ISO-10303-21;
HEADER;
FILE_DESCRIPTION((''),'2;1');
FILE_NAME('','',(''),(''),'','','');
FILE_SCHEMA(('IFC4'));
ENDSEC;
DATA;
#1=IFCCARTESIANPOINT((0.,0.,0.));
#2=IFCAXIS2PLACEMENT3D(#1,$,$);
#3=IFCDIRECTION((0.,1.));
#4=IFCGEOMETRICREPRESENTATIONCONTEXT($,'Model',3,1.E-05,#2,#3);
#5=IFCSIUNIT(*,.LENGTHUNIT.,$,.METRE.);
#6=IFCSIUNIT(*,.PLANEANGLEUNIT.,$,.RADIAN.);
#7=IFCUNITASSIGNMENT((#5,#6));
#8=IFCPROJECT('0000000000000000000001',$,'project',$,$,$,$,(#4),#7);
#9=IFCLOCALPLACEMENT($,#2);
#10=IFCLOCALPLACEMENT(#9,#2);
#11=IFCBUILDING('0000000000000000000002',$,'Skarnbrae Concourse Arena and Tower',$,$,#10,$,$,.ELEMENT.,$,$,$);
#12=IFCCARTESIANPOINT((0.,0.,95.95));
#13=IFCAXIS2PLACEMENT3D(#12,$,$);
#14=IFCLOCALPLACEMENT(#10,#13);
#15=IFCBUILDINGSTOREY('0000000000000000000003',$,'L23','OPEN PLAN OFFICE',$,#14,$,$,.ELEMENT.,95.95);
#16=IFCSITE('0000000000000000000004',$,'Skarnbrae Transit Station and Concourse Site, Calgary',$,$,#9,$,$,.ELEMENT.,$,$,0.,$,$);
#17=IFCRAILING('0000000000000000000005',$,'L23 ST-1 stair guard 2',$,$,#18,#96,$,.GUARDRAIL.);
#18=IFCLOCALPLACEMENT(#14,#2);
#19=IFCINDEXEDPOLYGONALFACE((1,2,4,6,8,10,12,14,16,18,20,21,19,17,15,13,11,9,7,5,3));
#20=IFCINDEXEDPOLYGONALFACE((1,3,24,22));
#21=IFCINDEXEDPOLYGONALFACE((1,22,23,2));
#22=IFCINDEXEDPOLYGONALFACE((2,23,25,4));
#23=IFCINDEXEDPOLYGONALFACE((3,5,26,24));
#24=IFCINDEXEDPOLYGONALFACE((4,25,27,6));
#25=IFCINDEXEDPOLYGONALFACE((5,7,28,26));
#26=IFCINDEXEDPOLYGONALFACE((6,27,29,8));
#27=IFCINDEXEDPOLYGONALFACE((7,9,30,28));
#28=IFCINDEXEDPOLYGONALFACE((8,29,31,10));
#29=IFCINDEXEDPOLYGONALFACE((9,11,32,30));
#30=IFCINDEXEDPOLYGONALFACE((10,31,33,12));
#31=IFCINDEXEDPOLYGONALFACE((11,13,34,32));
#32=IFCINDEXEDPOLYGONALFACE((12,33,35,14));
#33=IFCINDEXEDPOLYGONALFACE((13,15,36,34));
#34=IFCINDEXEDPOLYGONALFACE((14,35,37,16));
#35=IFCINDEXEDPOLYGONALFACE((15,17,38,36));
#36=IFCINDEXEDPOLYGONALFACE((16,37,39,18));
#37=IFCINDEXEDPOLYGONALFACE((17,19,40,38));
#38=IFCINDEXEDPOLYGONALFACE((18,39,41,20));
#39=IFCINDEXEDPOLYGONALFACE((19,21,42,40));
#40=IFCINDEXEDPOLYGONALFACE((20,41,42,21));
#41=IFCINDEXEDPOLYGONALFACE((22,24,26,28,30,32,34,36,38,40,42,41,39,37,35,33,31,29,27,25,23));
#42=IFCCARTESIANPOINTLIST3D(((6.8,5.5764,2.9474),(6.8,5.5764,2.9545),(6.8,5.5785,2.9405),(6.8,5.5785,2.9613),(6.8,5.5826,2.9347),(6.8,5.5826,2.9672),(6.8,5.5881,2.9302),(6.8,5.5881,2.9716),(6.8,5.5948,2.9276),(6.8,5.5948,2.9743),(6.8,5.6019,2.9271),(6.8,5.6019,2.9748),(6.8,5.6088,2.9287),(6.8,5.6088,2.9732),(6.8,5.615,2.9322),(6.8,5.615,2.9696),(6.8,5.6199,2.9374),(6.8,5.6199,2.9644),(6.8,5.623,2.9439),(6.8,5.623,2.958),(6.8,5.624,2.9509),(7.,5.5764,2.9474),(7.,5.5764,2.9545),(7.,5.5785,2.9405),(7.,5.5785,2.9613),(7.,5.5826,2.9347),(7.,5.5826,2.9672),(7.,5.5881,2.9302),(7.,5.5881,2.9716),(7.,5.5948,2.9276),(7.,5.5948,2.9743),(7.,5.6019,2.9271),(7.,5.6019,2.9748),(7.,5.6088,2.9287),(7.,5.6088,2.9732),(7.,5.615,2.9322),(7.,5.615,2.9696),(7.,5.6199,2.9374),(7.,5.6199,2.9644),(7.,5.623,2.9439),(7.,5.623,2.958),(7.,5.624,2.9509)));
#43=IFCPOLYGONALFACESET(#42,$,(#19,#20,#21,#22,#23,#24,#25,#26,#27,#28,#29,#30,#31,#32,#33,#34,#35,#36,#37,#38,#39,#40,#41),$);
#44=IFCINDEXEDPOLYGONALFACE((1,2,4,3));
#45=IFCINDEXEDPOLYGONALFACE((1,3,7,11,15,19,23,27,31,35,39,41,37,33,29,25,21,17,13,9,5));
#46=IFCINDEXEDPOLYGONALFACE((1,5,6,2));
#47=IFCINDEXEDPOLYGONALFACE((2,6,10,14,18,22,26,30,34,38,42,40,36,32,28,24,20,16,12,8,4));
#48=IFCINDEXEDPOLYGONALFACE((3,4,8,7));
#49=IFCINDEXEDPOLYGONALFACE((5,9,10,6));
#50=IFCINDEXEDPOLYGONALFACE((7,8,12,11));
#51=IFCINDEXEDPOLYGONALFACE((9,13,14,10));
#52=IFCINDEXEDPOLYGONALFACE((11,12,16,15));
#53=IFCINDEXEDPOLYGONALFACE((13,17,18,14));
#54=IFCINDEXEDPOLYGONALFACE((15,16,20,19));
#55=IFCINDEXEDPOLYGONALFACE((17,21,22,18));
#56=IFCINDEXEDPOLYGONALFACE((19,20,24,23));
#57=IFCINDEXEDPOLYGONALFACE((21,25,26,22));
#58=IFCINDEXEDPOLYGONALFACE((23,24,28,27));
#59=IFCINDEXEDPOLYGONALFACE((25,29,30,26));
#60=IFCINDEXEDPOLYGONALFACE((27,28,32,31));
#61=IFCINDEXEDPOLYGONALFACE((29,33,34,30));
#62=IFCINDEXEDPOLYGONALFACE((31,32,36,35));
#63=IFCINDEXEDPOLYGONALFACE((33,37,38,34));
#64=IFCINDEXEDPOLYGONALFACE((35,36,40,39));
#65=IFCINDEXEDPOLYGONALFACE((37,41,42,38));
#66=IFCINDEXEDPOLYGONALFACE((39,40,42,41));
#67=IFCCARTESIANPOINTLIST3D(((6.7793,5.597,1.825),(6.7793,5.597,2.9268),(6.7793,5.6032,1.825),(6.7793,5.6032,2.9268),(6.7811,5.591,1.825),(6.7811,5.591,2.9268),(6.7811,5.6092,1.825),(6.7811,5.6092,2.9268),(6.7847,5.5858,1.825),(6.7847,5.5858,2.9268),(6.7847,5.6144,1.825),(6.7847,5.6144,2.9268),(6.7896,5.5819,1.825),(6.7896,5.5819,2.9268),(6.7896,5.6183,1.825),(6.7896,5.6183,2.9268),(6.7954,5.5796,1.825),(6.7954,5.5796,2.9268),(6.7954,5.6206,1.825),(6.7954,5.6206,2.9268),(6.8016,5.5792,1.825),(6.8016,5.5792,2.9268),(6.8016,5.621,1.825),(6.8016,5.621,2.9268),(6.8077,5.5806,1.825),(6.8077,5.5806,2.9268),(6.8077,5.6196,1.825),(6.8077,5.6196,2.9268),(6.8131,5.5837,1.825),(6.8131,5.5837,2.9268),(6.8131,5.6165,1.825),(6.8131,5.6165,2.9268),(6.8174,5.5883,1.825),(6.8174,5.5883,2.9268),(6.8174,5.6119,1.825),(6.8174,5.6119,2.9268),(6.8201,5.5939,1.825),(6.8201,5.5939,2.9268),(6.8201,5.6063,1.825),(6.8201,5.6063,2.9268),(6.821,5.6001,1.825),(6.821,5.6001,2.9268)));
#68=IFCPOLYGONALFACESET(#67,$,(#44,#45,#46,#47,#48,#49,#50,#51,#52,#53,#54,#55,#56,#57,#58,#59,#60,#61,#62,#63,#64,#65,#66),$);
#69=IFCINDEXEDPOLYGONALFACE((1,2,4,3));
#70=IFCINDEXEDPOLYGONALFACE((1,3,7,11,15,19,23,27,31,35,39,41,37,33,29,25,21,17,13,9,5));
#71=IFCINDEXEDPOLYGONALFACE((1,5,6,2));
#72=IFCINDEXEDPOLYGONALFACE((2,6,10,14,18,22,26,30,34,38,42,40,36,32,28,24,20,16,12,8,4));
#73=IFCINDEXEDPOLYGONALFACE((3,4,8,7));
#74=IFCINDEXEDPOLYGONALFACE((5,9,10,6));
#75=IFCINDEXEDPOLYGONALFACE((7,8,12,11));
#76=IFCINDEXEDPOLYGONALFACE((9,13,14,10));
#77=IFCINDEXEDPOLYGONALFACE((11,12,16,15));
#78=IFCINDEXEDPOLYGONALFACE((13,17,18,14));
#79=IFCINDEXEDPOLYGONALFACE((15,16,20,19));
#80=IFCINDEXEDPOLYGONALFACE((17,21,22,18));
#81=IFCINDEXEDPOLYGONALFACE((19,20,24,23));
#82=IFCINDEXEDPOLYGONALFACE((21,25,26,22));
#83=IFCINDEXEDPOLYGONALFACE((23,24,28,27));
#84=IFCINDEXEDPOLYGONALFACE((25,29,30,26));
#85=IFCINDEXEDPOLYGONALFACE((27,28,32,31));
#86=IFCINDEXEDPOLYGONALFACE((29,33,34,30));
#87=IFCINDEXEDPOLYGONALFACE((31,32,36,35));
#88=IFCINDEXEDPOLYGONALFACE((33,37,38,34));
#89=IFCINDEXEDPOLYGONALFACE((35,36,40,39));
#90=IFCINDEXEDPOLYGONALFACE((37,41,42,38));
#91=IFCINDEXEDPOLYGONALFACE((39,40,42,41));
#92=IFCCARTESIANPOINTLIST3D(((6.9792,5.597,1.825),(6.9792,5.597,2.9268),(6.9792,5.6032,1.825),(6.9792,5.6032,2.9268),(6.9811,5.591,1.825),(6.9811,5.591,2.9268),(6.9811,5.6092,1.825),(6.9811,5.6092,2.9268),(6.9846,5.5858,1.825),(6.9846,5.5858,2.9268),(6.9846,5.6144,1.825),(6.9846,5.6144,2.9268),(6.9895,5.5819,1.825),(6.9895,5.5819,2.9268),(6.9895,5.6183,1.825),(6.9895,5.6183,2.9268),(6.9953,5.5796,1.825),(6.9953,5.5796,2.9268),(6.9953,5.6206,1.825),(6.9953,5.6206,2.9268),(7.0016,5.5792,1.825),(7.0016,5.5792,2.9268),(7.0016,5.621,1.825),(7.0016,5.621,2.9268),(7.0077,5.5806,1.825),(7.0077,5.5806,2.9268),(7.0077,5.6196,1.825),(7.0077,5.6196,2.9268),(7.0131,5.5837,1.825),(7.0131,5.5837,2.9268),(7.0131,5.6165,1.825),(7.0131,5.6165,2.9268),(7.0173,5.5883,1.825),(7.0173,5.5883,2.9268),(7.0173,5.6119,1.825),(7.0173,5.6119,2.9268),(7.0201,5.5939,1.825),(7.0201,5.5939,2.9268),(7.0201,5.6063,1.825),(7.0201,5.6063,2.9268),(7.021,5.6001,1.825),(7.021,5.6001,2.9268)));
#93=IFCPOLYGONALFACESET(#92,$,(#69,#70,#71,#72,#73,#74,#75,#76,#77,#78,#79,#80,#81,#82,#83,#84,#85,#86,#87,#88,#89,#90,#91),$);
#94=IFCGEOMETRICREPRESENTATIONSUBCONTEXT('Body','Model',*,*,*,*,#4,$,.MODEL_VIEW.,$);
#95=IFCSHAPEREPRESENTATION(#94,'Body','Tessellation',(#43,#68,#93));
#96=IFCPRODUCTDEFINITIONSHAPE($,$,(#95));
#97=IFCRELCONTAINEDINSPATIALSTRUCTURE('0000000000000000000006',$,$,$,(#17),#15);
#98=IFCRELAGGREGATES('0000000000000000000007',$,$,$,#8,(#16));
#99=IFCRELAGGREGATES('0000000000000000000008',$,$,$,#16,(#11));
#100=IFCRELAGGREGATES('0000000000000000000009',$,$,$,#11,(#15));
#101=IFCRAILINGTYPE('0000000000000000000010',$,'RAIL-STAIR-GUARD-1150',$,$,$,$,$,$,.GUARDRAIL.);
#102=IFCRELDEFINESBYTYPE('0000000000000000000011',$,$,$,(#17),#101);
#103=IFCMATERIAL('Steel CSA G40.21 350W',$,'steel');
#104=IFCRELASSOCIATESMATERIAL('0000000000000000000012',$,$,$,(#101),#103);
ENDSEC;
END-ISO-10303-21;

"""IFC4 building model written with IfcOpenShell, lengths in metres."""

from ifc_helpers import new_model, si_unit, direction, frame, origin, origin_2d, place, context, subcontext, project, spatial, circle, extrude, material, type_object, element, save


model = new_model("IFC4")

# Units and contexts
model_context = context("Model", 3, precision=1e-05, world=origin(), true_north=direction((0.0, 1.0)))
body_context = subcontext(model_context, "Body", "Model", "MODEL_VIEW")
ifc_project = project(units=[si_unit("LENGTHUNIT", "METRE"), si_unit("PLANEANGLEUNIT", "RADIAN")], contexts=[model_context])

# Site, building, storey
site_placement = place(None, origin())
site = spatial("IfcSite", under=ifc_project, at=site_placement, Name="Skarnbrae Transit Station and Concourse Site, Calgary", CompositionType="ELEMENT", RefElevation=0.0)
building_placement = place(site_placement, origin())
building = spatial("IfcBuilding", under=site, at=building_placement, Name="Skarnbrae Concourse Arena and Tower", CompositionType="ELEMENT")
storey_placement = place(building_placement, frame((0.0, 0.0, 95.95)))
storey = spatial("IfcBuildingStorey", under=building, at=storey_placement, Name="L23", Description="OPEN PLAN OFFICE", CompositionType="ELEMENT", Elevation=95.95)

# Railing
ifc_material_1 = material(Name="Steel CSA G40.21 350W", Category="steel")
railing_type_1 = type_object("IfcRailingType", Name="RAIL-STAIR-GUARD-1150", PredefinedType="GUARDRAIL", material=ifc_material_1)
railing_1_placement = place(storey_placement, frame((6.8, 5.6001, 1.825)))
element("IfcRailing", 1, at=railing_1_placement, inside=storey, type_object=railing_type_1, Name="L23 ST-1 stair guard 2", PredefinedType="GUARDRAIL", context=body_context, shape_type="SweptSolid", body=[
    extrude(circle(Radius=0.0239, at=origin_2d()), frame((0.0, 0.0, 1.126), z_axis=(1.0, 0.0, 0.0), x_axis=(0.0, 1.0, 0.0)), (0.0, 0.0, 1.0), 0.2),
    extrude(circle(Radius=0.021, at=origin_2d()), origin(), (0.0, 0.0, 1.0), 1.1018),
    extrude(circle(Radius=0.021, at=origin_2d()), frame((0.2, 0.0, 0.0)), (0.0, 0.0, 1.0), 1.1018),
])

save(model, "model.ifc")
